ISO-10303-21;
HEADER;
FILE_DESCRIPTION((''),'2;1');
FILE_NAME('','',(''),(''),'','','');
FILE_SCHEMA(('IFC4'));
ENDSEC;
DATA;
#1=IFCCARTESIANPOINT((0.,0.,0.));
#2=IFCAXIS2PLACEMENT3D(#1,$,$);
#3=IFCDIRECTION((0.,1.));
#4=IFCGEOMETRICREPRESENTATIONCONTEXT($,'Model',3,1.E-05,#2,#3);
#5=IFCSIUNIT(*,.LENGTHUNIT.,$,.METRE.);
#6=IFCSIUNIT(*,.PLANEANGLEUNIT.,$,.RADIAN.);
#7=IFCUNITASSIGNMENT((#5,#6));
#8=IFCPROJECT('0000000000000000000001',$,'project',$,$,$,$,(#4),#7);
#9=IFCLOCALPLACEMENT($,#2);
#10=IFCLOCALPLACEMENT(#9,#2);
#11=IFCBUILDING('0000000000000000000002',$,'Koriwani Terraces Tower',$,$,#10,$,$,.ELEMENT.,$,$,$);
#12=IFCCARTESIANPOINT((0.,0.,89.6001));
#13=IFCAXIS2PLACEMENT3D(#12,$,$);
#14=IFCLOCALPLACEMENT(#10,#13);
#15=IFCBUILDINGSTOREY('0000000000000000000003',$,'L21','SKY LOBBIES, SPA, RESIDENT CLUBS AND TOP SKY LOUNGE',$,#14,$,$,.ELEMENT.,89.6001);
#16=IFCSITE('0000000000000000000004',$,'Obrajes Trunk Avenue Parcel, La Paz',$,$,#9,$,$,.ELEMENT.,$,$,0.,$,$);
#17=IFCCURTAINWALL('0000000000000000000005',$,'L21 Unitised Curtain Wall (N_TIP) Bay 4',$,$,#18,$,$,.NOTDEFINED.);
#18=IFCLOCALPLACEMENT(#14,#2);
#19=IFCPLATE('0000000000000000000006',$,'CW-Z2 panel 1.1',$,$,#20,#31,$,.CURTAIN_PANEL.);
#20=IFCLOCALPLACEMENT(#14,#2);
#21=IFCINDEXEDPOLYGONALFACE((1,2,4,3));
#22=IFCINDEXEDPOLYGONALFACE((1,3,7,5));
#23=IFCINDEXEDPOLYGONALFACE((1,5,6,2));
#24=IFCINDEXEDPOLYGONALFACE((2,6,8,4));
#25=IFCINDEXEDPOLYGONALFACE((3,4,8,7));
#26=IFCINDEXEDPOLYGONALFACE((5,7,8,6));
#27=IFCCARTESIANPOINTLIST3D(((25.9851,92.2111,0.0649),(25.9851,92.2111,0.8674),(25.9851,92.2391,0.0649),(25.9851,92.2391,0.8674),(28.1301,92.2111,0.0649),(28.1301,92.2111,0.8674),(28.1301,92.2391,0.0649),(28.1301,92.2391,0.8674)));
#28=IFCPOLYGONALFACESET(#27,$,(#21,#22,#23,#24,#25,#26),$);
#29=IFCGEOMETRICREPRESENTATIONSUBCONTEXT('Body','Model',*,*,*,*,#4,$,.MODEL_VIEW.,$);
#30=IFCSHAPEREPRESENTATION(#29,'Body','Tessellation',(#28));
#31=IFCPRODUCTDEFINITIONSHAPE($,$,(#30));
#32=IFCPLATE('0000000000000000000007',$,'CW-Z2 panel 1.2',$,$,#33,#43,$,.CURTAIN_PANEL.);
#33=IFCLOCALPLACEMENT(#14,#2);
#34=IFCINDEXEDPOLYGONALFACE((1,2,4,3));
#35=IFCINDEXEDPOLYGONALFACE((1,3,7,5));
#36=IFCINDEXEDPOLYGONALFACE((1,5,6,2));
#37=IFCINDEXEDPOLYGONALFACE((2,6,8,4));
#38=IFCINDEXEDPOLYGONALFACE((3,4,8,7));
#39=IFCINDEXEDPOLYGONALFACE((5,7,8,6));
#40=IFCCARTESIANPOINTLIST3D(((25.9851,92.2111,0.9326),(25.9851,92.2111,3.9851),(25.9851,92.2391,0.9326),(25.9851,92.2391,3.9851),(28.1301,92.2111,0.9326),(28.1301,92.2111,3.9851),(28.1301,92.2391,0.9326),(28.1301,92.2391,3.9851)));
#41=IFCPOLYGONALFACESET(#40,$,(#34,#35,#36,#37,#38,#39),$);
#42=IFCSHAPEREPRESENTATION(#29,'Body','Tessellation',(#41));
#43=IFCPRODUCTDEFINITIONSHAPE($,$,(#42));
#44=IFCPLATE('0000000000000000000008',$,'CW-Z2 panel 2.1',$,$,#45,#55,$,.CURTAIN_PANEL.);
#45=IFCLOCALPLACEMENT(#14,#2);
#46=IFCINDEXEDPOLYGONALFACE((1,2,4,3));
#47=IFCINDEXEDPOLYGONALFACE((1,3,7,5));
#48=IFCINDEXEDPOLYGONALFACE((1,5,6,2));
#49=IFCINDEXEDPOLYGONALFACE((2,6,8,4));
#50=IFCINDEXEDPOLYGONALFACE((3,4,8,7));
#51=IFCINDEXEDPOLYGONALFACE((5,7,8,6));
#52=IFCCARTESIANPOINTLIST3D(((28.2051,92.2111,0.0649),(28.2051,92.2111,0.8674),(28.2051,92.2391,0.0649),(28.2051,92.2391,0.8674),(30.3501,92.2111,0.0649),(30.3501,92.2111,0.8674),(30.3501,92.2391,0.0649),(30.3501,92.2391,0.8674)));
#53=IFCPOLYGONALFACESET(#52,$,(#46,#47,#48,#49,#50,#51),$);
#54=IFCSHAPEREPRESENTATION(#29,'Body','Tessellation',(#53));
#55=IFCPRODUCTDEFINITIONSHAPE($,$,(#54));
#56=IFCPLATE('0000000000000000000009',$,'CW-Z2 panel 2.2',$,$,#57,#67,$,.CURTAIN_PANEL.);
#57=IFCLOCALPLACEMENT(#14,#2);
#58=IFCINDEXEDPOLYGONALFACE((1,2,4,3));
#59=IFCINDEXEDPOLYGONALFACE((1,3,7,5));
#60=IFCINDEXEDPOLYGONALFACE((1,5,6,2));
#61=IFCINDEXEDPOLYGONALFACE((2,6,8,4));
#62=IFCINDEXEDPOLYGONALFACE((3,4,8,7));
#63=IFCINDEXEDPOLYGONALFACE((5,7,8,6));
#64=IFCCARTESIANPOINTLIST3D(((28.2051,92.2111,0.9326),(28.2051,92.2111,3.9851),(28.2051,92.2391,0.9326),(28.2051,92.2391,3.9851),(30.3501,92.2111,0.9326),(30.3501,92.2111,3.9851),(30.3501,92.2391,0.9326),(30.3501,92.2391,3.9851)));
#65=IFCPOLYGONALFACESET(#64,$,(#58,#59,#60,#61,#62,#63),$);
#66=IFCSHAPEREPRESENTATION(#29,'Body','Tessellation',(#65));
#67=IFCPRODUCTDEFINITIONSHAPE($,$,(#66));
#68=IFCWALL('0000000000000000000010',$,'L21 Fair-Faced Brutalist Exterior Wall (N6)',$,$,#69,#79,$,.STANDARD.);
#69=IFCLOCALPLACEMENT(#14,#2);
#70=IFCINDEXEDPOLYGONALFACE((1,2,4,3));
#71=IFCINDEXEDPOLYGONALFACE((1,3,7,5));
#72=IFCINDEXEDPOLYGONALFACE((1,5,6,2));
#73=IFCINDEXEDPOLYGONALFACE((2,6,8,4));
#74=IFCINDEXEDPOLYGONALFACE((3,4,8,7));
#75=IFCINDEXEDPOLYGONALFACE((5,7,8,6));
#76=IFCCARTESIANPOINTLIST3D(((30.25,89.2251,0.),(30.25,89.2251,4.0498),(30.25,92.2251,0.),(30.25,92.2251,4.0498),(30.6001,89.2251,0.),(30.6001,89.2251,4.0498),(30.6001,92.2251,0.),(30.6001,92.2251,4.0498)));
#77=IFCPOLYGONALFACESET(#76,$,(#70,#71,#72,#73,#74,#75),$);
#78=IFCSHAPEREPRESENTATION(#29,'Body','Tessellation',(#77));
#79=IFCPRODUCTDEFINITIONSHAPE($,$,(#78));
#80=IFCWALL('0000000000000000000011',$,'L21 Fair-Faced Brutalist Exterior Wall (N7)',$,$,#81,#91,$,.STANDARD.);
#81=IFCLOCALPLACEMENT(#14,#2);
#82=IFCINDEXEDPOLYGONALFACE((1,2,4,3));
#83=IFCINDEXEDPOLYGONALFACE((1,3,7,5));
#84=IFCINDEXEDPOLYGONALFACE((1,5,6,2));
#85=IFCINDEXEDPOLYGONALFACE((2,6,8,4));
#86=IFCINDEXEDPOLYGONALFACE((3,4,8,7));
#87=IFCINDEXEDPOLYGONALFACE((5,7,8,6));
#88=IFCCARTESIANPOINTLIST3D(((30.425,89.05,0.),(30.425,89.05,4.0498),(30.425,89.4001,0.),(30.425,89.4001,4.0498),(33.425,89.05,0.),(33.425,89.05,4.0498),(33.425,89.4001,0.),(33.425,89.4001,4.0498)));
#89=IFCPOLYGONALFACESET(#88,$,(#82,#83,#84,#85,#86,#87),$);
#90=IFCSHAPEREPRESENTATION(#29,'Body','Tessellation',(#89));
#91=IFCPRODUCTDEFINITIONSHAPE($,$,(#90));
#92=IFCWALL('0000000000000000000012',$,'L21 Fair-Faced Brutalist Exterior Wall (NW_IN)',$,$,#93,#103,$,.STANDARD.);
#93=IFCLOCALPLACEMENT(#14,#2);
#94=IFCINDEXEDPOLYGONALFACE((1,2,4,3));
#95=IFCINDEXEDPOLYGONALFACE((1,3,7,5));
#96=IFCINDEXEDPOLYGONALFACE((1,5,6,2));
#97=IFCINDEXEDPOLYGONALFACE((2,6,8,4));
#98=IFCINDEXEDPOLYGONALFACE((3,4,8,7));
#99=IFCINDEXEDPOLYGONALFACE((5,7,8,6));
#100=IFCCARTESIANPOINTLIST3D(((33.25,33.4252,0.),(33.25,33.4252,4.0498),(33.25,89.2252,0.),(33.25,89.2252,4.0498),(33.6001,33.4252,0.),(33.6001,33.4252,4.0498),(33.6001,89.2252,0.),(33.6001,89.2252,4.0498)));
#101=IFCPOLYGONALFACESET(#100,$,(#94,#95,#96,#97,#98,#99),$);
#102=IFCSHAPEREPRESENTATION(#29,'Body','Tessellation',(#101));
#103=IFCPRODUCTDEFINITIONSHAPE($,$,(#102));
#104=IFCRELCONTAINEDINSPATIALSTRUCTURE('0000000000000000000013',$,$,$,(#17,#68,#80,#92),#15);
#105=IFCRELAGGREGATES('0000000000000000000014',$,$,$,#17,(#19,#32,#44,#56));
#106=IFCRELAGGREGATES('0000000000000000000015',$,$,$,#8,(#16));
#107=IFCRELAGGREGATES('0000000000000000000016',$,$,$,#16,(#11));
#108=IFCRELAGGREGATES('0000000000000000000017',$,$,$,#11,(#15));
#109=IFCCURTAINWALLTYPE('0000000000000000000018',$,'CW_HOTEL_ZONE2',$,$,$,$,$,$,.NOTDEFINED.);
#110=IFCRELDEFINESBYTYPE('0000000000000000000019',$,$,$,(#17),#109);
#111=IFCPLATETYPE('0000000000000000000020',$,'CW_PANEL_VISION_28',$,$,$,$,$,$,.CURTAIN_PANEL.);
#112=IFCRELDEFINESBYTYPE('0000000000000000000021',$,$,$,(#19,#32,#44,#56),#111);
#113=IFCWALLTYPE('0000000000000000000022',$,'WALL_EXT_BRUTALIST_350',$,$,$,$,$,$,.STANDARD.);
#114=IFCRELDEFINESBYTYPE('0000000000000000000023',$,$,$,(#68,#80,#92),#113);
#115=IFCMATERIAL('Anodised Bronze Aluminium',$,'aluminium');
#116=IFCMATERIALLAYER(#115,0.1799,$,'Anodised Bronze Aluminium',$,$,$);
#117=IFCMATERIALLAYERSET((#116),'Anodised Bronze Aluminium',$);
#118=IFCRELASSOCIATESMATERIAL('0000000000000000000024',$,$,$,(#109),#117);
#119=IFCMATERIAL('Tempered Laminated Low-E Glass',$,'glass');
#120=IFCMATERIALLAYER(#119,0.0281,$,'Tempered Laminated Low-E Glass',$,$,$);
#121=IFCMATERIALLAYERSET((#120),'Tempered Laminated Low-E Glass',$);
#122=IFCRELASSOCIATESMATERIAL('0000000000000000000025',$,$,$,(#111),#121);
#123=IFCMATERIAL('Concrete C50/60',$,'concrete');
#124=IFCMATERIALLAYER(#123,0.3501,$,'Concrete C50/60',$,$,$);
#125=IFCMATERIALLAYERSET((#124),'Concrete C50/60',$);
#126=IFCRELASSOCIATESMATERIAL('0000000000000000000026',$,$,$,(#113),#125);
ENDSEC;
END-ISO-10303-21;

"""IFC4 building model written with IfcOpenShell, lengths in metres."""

from ifc_helpers import new_model, si_unit, direction, frame, frame_2d, origin, origin_2d, place, context, subcontext, project, spatial, rectangle, extrude, material, layer, layer_set, type_object, element, aggregate, save


model = new_model("IFC4")

# Units and contexts
model_context = context("Model", 3, precision=1e-05, world=origin(), true_north=direction((0.0, 1.0)))
body_context = subcontext(model_context, "Body", "Model", "MODEL_VIEW")
ifc_project = project(units=[si_unit("LENGTHUNIT", "METRE"), si_unit("PLANEANGLEUNIT", "RADIAN")], contexts=[model_context])

# Site, building, storey
site_placement = place(None, origin())
site = spatial("IfcSite", under=ifc_project, at=site_placement, Name="Obrajes Trunk Avenue Parcel, La Paz", CompositionType="ELEMENT", RefElevation=0.0)
building_placement = place(site_placement, origin())
building = spatial("IfcBuilding", under=site, at=building_placement, Name="Koriwani Terraces Tower", CompositionType="ELEMENT")
storey_placement = place(building_placement, frame((0.0, 0.0, 89.6001)))
storey = spatial("IfcBuildingStorey", under=building, at=storey_placement, Name="L21", Description="SKY LOBBIES, SPA, RESIDENT CLUBS AND TOP SKY LOUNGE", CompositionType="ELEMENT", Elevation=89.6001)

# Shared definitions
ifc_material_1 = material(Name="Concrete C50/60", Category="concrete")

# Curtain wall
ifc_material_2 = material(Name="Anodised Bronze Aluminium", Category="aluminium")
ifc_layer_1 = layer(ifc_material_2, 0.1799, Name="Anodised Bronze Aluminium")
ifc_layer_set_1 = layer_set([ifc_layer_1], Name="Anodised Bronze Aluminium")
curtain_wall_type = type_object("IfcCurtainWallType", Name="CW_HOTEL_ZONE2", PredefinedType="NOTDEFINED", material=ifc_layer_set_1)
curtain_wall_1_placement = place(storey_placement, origin())
curtain_wall_1 = element("IfcCurtainWall", 1, at=curtain_wall_1_placement, inside=storey, type_object=curtain_wall_type, Name="L21 Unitised Curtain Wall (N_TIP) Bay 4", PredefinedType="NOTDEFINED")

# Plates
ifc_material_3 = material(Name="Tempered Laminated Low-E Glass", Category="glass")
ifc_layer_2 = layer(ifc_material_3, 0.0281, Name="Tempered Laminated Low-E Glass")
ifc_layer_set_2 = layer_set([ifc_layer_2], Name="Tempered Laminated Low-E Glass")
plate_type = type_object("IfcPlateType", Name="CW_PANEL_VISION_28", PredefinedType="CURTAIN_PANEL", material=ifc_layer_set_2)
plate_1_placement = place(storey_placement, frame((27.0576, 92.2251, 0.0649), z_axis=(0.0, 0.0, 1.0), x_axis=(1.0, 0.0, 0.0)))
plate_1 = element("IfcPlate", 2, at=plate_1_placement, type_object=plate_type, Name="CW-Z2 panel 1.1", PredefinedType="CURTAIN_PANEL", context=body_context, shape_type="SweptSolid", body=[
    extrude(rectangle(XDim=2.145, YDim=0.0281, at=origin_2d()), origin(), (0.0, 0.0, 1.0), 0.8025),
])
plate_2_placement = place(storey_placement, frame((27.0576, 92.2251, 0.9326), z_axis=(0.0, 0.0, 1.0), x_axis=(1.0, 0.0, 0.0)))
plate_2 = element("IfcPlate", 3, at=plate_2_placement, type_object=plate_type, Name="CW-Z2 panel 1.2", PredefinedType="CURTAIN_PANEL", context=body_context, shape_type="SweptSolid", body=[
    extrude(rectangle(XDim=2.145, YDim=0.0281, at=origin_2d()), origin(), (0.0, 0.0, 1.0), 3.0525),
])
plate_3_placement = place(storey_placement, frame((29.2776, 92.2251, 0.0649), z_axis=(0.0, 0.0, 1.0), x_axis=(1.0, 0.0, 0.0)))
plate_3 = element("IfcPlate", 4, at=plate_3_placement, type_object=plate_type, Name="CW-Z2 panel 2.1", PredefinedType="CURTAIN_PANEL", context=body_context, shape_type="SweptSolid", body=[
    extrude(rectangle(XDim=2.145, YDim=0.0281, at=origin_2d()), origin(), (0.0, 0.0, 1.0), 0.8025),
])
plate_4_placement = place(storey_placement, frame((29.2776, 92.2251, 0.9326), z_axis=(0.0, 0.0, 1.0), x_axis=(1.0, 0.0, 0.0)))
plate_4 = element("IfcPlate", 5, at=plate_4_placement, type_object=plate_type, Name="CW-Z2 panel 2.2", PredefinedType="CURTAIN_PANEL", context=body_context, shape_type="SweptSolid", body=[
    extrude(rectangle(XDim=2.145, YDim=0.0281, at=origin_2d()), origin(), (0.0, 0.0, 1.0), 3.0525),
])
aggregate(curtain_wall_1, [plate_1, plate_2, plate_3, plate_4])

# Walls
ifc_layer_3 = layer(ifc_material_1, 0.3501, Name="Concrete C50/60")
ifc_layer_set_3 = layer_set([ifc_layer_3], Name="Concrete C50/60")
wall_type = type_object("IfcWallType", Name="WALL_EXT_BRUTALIST_350", PredefinedType="STANDARD", material=ifc_layer_set_3)
for number, where, z_axis, x_axis, name in (
    (6, (30.425, 92.2251, 0.0), (0.0, 0.0, 1.0), (0.0, -1.0, 0.0), "L21 Fair-Faced Brutalist Exterior Wall (N6)"),
    (7, (30.425, 89.2251, 0.0), (0.0, 0.0, 1.0), (1.0, 0.0, 0.0), "L21 Fair-Faced Brutalist Exterior Wall (N7)"),
):
    element("IfcWall", number, at=place(storey_placement, frame(where, z_axis=z_axis, x_axis=x_axis)), inside=storey, type_object=wall_type, Name=name, PredefinedType="STANDARD", context=body_context, shape_type="SweptSolid", body=[
        extrude(rectangle(XDim=3.0, YDim=0.3501, at=frame_2d((1.5, 0.0))), origin(), (0.0, 0.0, 1.0), 4.0498),
    ])
wall_placement = place(storey_placement, frame((33.425, 89.2251, 0.0), z_axis=(0.0, 0.0, 1.0), x_axis=(0.0, -1.0, 0.0)))
element("IfcWall", 8, at=wall_placement, inside=storey, type_object=wall_type, Name="L21 Fair-Faced Brutalist Exterior Wall (NW_IN)", PredefinedType="STANDARD", context=body_context, shape_type="SweptSolid", body=[
    extrude(rectangle(XDim=55.8, YDim=0.3501, at=frame_2d((27.8999, 0.0))), origin(), (0.0, 0.0, 1.0), 4.0498),
])

save(model, "model.ifc")
